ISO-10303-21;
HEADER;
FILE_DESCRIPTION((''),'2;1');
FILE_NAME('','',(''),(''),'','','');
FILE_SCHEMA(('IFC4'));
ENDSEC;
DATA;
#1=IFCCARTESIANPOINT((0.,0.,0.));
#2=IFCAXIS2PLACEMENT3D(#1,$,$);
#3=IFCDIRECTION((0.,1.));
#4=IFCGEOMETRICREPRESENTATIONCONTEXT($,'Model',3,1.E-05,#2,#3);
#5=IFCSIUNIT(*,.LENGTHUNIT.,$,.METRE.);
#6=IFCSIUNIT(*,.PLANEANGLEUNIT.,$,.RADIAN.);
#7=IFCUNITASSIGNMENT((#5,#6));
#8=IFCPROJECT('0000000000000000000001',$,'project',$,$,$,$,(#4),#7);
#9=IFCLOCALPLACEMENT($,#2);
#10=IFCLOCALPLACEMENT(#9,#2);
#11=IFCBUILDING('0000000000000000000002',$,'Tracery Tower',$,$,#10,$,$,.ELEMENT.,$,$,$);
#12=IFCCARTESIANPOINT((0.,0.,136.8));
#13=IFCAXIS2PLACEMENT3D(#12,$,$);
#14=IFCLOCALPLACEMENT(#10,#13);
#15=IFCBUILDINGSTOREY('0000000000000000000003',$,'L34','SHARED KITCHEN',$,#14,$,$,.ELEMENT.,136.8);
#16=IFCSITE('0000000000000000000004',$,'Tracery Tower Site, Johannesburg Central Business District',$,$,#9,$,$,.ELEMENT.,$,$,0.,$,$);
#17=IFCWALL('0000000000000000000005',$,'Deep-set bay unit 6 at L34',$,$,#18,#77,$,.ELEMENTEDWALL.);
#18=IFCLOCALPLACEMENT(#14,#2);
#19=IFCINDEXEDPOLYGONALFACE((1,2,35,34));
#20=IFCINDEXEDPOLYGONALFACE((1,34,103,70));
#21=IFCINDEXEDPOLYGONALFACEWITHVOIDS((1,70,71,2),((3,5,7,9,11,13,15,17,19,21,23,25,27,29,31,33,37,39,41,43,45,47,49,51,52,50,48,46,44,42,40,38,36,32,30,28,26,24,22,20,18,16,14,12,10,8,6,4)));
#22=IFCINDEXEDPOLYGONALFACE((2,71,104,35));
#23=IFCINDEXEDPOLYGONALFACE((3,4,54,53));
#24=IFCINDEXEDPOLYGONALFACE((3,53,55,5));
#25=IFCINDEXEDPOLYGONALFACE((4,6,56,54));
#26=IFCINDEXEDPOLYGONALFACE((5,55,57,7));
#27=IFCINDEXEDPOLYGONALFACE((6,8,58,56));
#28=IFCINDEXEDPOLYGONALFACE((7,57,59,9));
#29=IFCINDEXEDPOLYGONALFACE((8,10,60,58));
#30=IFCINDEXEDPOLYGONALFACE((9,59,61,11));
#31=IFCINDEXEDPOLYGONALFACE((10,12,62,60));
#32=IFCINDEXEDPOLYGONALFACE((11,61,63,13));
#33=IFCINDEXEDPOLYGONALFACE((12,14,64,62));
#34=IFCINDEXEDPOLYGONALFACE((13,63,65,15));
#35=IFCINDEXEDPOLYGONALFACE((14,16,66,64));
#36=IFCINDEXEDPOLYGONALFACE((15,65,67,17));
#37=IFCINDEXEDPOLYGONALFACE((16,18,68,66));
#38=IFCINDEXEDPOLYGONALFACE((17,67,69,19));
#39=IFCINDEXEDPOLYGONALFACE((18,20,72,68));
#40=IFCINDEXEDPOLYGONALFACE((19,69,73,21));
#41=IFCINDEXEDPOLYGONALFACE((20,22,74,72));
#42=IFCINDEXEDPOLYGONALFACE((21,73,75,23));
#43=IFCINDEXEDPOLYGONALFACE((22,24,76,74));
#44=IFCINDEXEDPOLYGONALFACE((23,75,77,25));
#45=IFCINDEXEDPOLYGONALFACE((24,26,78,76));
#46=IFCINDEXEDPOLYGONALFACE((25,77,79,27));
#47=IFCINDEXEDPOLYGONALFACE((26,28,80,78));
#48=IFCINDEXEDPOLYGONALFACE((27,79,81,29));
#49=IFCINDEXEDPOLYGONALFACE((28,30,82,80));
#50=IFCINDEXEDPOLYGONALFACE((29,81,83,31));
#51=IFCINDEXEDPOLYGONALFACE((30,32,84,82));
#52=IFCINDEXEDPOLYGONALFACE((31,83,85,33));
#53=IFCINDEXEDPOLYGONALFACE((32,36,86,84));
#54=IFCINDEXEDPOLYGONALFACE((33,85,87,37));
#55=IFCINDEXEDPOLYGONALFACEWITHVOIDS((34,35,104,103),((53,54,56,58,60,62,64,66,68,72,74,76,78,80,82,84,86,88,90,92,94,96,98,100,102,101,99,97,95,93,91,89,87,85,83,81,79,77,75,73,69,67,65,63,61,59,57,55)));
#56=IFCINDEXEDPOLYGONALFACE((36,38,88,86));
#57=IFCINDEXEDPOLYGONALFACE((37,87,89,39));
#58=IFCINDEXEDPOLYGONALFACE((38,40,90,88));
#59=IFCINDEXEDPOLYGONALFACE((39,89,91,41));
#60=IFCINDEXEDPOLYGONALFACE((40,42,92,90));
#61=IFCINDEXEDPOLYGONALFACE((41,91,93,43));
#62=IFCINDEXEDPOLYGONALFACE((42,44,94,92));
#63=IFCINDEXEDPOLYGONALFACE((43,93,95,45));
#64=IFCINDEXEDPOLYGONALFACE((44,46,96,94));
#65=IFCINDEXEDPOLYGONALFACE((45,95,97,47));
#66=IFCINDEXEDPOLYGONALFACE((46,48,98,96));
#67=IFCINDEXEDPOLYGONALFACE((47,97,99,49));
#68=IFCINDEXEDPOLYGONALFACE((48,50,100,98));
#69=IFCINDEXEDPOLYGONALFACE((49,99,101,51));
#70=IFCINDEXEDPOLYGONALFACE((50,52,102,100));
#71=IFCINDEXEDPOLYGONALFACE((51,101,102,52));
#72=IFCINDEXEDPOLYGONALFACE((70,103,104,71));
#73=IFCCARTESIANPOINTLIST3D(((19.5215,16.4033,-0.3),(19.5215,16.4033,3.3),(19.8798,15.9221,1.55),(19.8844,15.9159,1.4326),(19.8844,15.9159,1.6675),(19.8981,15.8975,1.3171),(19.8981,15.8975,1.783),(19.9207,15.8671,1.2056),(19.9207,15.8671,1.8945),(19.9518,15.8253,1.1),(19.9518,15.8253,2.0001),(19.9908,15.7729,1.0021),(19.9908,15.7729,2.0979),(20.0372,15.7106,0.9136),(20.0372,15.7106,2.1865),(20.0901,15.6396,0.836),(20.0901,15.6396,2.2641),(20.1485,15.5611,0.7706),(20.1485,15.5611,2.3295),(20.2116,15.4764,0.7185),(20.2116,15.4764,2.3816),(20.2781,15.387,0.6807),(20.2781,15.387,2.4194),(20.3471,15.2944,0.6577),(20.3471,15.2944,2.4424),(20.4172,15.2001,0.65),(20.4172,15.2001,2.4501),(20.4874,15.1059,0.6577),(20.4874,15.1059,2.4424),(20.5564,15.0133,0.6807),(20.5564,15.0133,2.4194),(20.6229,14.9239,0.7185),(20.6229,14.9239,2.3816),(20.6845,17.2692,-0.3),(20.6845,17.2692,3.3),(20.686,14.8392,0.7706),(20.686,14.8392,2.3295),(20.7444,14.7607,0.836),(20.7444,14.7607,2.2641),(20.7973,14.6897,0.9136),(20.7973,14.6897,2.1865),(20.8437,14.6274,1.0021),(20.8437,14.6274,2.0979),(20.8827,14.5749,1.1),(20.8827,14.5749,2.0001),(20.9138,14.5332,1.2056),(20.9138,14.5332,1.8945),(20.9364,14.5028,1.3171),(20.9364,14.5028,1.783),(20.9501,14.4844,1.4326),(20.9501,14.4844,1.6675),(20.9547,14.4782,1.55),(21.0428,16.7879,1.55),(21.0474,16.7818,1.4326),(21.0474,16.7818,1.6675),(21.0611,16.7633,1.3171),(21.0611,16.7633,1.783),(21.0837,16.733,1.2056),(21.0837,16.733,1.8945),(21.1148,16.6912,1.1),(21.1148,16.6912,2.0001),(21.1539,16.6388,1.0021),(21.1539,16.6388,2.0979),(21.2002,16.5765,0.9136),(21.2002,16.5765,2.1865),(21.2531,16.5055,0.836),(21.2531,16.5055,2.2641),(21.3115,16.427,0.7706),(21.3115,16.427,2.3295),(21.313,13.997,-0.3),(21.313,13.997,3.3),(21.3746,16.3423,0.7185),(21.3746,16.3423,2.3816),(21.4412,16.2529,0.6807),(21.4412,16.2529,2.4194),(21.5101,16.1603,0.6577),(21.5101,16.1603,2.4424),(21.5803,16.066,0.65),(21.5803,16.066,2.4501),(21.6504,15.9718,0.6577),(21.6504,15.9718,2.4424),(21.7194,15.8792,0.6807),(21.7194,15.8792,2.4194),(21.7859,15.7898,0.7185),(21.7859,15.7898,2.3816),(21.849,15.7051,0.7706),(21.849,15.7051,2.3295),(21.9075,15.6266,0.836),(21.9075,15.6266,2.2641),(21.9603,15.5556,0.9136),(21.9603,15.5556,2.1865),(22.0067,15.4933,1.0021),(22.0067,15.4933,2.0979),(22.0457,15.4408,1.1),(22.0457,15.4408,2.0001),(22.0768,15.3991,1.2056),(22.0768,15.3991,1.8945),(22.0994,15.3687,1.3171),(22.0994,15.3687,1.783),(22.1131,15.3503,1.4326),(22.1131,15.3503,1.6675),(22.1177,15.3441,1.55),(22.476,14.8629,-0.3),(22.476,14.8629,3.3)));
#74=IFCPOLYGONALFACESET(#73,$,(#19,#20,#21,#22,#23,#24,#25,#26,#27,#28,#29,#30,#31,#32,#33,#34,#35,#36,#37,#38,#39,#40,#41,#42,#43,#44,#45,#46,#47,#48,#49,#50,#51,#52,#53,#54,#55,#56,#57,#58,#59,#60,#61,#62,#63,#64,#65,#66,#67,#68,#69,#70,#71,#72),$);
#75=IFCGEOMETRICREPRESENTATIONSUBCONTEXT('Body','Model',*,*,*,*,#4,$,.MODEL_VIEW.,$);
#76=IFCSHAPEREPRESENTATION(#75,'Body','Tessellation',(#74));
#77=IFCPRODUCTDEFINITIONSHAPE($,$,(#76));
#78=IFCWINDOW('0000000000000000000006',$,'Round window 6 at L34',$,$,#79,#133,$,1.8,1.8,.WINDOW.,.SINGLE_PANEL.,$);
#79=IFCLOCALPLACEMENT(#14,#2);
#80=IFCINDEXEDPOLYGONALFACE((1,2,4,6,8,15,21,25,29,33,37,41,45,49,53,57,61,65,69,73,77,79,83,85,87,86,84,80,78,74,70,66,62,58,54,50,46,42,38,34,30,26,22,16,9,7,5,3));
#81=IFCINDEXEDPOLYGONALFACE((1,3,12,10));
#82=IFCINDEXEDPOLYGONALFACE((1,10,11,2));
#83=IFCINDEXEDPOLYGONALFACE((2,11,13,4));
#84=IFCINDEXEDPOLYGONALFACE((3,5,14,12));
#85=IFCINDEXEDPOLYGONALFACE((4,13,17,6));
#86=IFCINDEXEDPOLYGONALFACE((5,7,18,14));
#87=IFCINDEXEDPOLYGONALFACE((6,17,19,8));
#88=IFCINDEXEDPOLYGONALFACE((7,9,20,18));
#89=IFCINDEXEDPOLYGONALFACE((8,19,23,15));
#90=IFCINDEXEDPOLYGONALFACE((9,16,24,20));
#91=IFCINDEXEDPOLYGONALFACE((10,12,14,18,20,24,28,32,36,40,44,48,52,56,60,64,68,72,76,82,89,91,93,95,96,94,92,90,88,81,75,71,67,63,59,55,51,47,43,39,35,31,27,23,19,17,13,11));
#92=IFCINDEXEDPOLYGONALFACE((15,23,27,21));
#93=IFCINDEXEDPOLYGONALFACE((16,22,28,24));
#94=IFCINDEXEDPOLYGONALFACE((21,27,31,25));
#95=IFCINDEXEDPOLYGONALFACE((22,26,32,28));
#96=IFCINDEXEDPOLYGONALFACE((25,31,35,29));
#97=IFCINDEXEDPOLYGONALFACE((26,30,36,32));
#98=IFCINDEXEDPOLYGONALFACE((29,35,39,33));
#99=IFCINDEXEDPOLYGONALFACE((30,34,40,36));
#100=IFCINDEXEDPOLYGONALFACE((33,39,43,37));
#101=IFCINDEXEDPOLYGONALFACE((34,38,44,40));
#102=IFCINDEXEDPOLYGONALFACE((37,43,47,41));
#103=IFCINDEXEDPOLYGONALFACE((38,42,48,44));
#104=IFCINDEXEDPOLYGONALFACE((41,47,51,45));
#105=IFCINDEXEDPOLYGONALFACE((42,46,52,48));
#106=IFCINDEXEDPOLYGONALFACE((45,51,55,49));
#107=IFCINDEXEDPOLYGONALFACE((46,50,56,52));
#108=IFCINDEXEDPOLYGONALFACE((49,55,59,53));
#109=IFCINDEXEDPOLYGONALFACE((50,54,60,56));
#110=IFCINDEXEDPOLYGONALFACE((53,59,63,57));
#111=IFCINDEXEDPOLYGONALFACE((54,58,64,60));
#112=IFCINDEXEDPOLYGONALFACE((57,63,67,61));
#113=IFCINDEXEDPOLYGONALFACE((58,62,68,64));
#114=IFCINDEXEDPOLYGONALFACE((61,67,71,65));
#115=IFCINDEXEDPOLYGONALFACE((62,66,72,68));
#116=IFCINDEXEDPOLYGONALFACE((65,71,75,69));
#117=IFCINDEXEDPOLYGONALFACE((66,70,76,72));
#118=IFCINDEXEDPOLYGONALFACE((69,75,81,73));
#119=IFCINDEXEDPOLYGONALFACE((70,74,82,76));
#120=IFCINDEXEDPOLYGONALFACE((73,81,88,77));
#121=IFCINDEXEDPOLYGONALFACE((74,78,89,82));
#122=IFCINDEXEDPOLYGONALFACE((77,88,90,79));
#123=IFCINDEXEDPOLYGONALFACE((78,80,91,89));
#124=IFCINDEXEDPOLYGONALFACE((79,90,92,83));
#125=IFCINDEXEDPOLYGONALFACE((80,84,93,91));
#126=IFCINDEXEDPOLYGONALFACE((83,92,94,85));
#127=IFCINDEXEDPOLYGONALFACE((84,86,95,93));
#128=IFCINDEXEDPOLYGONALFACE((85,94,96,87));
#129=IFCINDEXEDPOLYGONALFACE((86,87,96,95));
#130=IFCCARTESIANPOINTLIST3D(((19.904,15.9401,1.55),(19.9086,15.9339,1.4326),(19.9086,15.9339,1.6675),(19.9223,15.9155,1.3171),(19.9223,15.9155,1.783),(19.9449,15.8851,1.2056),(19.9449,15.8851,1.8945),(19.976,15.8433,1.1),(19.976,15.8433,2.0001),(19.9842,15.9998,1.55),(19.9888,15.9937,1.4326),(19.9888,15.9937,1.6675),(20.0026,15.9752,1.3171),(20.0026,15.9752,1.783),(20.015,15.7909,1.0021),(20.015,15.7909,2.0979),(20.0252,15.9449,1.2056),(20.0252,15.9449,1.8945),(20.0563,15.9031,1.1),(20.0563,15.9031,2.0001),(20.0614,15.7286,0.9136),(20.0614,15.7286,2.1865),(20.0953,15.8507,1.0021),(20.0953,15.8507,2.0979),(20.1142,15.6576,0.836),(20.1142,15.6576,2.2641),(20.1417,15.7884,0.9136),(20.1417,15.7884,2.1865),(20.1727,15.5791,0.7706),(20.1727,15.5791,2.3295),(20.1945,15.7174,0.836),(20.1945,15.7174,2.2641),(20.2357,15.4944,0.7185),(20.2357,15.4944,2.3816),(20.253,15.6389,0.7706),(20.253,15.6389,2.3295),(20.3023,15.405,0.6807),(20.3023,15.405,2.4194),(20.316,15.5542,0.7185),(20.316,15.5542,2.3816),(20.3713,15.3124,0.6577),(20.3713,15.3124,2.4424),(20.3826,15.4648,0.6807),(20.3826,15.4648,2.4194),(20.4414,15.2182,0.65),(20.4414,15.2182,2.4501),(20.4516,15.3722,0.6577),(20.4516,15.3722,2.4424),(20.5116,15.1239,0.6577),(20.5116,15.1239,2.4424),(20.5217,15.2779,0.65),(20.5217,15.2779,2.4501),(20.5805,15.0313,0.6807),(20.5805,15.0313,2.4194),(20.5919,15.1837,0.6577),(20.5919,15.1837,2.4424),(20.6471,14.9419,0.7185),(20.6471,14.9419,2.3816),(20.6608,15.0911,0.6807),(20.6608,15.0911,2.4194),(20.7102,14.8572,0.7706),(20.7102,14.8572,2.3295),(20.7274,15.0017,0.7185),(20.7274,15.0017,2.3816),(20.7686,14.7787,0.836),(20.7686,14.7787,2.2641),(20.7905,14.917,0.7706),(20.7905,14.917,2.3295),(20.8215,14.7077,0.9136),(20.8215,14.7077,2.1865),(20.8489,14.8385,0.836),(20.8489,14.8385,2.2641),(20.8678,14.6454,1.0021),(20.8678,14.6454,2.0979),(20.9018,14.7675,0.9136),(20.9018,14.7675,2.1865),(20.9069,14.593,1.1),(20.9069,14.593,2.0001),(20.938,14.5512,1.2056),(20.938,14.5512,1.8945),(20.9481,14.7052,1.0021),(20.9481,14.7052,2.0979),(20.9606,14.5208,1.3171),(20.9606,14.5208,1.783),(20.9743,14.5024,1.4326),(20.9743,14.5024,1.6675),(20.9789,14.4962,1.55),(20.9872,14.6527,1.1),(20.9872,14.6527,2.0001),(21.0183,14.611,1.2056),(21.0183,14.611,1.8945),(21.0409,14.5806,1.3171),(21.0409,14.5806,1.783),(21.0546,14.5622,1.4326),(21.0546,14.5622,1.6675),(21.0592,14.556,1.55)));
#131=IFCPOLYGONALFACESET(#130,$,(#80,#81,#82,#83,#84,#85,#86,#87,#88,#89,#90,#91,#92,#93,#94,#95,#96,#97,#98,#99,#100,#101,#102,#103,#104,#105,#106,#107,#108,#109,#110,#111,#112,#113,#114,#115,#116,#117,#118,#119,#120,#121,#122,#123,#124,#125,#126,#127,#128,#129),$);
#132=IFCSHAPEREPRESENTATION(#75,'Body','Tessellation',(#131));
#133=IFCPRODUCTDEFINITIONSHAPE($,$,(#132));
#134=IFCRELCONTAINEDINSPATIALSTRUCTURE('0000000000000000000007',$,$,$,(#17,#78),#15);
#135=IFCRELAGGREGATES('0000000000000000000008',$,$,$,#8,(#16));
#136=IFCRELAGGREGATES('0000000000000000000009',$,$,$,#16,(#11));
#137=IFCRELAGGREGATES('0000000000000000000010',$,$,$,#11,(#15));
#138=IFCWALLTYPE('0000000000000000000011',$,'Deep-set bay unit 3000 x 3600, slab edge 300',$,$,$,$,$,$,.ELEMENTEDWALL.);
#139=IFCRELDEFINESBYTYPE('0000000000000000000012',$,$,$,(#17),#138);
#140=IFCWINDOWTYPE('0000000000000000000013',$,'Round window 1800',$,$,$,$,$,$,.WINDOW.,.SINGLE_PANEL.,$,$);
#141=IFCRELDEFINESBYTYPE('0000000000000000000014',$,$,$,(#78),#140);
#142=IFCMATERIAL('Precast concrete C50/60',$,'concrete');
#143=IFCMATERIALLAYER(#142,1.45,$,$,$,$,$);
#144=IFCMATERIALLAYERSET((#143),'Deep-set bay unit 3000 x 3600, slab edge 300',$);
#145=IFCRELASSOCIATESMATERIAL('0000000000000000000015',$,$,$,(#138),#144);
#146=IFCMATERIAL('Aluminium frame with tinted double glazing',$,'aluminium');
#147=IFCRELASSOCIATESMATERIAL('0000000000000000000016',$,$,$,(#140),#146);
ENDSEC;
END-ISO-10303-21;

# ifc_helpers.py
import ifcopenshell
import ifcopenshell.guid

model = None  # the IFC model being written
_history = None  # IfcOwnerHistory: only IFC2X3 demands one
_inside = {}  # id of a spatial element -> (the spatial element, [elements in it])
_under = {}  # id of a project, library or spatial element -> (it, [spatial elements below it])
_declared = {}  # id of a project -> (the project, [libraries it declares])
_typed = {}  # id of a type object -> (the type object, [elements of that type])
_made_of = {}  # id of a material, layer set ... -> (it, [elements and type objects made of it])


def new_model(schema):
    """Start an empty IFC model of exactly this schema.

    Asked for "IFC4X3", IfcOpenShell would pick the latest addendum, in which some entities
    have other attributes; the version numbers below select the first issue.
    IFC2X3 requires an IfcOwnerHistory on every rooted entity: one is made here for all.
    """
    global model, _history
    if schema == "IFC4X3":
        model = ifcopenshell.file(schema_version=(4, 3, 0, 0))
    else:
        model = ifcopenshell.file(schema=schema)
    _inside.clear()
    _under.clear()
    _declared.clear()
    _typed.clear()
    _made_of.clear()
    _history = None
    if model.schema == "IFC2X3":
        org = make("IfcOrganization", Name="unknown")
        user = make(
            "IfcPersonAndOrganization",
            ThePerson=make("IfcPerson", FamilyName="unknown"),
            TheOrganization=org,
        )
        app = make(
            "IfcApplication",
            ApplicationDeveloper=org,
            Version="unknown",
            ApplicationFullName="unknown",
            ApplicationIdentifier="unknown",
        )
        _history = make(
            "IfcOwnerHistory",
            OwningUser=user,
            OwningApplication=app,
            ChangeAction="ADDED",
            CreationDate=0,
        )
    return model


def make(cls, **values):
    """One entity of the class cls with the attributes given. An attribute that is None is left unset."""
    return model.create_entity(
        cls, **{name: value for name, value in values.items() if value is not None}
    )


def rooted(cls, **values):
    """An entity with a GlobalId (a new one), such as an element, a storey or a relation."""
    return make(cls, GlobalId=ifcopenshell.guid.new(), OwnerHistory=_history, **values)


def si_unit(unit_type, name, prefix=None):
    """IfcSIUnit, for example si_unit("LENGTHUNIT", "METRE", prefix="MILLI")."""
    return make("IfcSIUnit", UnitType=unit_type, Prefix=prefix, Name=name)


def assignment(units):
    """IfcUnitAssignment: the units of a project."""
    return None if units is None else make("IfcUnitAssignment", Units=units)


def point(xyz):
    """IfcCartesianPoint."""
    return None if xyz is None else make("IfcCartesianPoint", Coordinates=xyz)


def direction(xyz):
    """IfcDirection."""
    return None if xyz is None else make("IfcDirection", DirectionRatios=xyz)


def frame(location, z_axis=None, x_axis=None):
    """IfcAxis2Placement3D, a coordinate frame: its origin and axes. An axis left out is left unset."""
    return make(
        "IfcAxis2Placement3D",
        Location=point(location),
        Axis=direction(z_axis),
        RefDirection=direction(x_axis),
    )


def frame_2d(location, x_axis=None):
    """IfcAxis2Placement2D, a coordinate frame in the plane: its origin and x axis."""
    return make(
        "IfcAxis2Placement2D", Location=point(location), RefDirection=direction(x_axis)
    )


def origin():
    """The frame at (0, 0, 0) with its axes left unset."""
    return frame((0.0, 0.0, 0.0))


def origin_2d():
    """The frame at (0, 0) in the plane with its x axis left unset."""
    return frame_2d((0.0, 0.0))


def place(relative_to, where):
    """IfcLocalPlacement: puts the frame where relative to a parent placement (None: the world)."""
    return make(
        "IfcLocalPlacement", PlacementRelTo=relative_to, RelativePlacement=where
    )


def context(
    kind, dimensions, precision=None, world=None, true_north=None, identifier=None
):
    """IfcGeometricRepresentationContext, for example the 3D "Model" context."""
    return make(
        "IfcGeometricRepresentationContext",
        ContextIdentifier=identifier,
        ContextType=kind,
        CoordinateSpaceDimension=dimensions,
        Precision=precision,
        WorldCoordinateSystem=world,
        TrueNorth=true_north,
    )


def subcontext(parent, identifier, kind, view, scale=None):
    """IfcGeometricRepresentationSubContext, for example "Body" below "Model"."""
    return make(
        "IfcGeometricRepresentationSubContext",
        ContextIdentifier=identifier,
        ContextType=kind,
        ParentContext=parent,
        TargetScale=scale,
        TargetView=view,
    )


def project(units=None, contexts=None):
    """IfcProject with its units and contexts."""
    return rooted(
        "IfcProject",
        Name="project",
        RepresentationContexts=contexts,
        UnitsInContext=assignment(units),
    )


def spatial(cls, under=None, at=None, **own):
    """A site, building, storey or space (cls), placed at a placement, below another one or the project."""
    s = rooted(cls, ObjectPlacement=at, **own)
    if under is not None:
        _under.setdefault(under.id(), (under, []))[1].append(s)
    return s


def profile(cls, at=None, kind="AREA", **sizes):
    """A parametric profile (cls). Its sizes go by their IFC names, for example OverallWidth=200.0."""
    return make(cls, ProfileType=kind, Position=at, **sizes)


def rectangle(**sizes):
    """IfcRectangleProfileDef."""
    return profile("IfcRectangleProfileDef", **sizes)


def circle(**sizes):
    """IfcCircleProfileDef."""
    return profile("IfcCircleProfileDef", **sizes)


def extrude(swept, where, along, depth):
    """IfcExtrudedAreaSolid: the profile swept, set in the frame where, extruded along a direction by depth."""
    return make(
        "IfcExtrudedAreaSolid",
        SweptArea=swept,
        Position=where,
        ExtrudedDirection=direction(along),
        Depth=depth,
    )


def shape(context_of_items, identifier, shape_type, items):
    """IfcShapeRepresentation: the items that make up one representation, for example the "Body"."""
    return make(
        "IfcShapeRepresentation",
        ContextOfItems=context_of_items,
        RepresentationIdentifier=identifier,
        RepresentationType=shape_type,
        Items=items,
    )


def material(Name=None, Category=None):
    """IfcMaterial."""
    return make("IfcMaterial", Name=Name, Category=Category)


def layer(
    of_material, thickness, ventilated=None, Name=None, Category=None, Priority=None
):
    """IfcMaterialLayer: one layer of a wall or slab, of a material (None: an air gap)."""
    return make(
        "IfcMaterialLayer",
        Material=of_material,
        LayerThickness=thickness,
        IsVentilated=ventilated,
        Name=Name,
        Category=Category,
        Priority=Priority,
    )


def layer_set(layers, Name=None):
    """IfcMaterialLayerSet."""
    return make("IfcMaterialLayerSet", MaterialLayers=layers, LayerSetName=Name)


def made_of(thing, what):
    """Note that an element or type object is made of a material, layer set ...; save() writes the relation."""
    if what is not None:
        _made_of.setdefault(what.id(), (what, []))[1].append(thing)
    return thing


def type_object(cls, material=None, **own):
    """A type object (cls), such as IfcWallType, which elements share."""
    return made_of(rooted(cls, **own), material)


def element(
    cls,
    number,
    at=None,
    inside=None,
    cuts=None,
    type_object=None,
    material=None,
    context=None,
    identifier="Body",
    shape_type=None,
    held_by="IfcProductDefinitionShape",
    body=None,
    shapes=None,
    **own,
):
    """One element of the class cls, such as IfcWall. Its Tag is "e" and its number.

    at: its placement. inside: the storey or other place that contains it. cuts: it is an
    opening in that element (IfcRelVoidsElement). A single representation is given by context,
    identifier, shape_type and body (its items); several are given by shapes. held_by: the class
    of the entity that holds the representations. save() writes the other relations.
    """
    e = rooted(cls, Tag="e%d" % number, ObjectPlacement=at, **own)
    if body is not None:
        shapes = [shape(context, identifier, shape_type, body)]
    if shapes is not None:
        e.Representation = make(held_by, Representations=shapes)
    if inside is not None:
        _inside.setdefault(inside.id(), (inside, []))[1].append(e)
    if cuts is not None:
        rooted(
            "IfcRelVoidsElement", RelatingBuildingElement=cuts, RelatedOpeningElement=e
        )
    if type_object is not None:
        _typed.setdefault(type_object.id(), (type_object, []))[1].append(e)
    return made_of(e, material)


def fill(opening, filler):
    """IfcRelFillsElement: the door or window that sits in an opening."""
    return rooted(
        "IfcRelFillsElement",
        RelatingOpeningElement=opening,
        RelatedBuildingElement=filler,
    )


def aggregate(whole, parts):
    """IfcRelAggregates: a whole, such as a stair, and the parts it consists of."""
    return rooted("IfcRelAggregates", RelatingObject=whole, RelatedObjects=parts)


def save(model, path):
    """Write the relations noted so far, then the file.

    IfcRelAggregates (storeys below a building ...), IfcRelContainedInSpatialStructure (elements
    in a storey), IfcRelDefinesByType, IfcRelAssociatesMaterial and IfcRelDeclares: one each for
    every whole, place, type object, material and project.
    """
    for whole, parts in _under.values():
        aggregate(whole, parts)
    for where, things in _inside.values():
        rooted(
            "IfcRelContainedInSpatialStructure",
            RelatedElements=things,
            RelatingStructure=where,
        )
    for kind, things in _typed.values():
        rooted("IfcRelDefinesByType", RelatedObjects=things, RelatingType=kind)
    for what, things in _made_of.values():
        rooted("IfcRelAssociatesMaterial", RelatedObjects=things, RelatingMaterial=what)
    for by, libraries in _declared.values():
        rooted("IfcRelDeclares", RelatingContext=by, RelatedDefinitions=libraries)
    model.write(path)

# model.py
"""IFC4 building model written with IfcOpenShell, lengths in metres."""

from ifc_helpers import new_model, si_unit, direction, frame, frame_2d, origin, origin_2d, place, context, subcontext, project, spatial, rectangle, circle, extrude, material, layer, layer_set, type_object, element, fill, save


model = new_model("IFC4")

# Units and contexts
model_context = context("Model", 3, precision=1e-05, world=origin(), true_north=direction((0.0, 1.0)))
body_context = subcontext(model_context, "Body", "Model", "MODEL_VIEW")
ifc_project = project(units=[si_unit("LENGTHUNIT", "METRE"), si_unit("PLANEANGLEUNIT", "RADIAN")], contexts=[model_context])

# Site, building, storey
site_placement = place(None, origin())
site = spatial("IfcSite", under=ifc_project, at=site_placement, Name="Tracery Tower Site, Johannesburg Central Business District", CompositionType="ELEMENT", RefElevation=0.0)
building_placement = place(site_placement, origin())
building = spatial("IfcBuilding", under=site, at=building_placement, Name="Tracery Tower", CompositionType="ELEMENT")
storey_placement = place(building_placement, frame((0.0, 0.0, 136.8)))
storey = spatial("IfcBuildingStorey", under=building, at=storey_placement, Name="L34", Description="SHARED KITCHEN", CompositionType="ELEMENT", Elevation=136.8)

# Wall, opening, window
ifc_material_1 = material(Name="Precast concrete C50/60", Category="concrete")
ifc_layer_1 = layer(ifc_material_1, 1.45)
ifc_layer_set_1 = layer_set([ifc_layer_1], Name="Deep-set bay unit 3000 x 3600, slab edge 300")
wall_type_1 = type_object("IfcWallType", Name="Deep-set bay unit 3000 x 3600, slab edge 300", PredefinedType="ELEMENTEDWALL", material=ifc_layer_set_1)
ifc_material_2 = material(Name="Aluminium frame with tinted double glazing", Category="aluminium")
window_type = type_object("IfcWindowType", Name="Round window 1800", PartitioningType="SINGLE_PANEL", PredefinedType="WINDOW", material=ifc_material_2)
wall_1_placement = place(storey_placement, frame((21.8945, 14.4299, -0.3), z_axis=(0.0, 0.0, 1.0), x_axis=(-0.597184, 0.802104, 0.0)))
wall_1 = element("IfcWall", 1, at=wall_1_placement, inside=storey, type_object=wall_type_1, Name="Deep-set bay unit 6 at L34", PredefinedType="ELEMENTEDWALL", context=body_context, shape_type="SweptSolid", body=[
    extrude(rectangle(XDim=3.0, YDim=1.45, at=frame_2d((1.5, 0.0))), origin(), (0.0, 0.0, 1.0), 3.6001),
])
opening_1_placement = place(wall_1_placement, frame((1.5, 0.0, 1.8501)))
opening_1 = element("IfcOpeningElement", 2, at=opening_1_placement, cuts=wall_1, PredefinedType="OPENING", context=body_context, shape_type="SweptSolid", body=[
    extrude(circle(Radius=0.9, at=origin_2d()), frame((0.0, 0.7349, 0.0), z_axis=(0.0, -1.0, 0.0), x_axis=(1.0, 0.0, 0.0)), (0.0, 0.0, 1.0), 1.47),
])
window_1_placement = place(opening_1_placement, origin())
window_1 = element("IfcWindow", 3, at=window_1_placement, inside=storey, type_object=window_type, Name="Round window 6 at L34", OverallHeight=1.8, OverallWidth=1.8, PartitioningType="SINGLE_PANEL", PredefinedType="WINDOW", context=body_context, shape_type="SweptSolid", body=[
    extrude(circle(Radius=0.9, at=origin_2d()), frame((0.0, 0.6948, 0.0), z_axis=(0.0, -1.0, 0.0), x_axis=(1.0, 0.0, 0.0)), (0.0, 0.0, 1.0), 0.1001),
])
fill(opening_1, window_1)

save(model, "model.ifc")
